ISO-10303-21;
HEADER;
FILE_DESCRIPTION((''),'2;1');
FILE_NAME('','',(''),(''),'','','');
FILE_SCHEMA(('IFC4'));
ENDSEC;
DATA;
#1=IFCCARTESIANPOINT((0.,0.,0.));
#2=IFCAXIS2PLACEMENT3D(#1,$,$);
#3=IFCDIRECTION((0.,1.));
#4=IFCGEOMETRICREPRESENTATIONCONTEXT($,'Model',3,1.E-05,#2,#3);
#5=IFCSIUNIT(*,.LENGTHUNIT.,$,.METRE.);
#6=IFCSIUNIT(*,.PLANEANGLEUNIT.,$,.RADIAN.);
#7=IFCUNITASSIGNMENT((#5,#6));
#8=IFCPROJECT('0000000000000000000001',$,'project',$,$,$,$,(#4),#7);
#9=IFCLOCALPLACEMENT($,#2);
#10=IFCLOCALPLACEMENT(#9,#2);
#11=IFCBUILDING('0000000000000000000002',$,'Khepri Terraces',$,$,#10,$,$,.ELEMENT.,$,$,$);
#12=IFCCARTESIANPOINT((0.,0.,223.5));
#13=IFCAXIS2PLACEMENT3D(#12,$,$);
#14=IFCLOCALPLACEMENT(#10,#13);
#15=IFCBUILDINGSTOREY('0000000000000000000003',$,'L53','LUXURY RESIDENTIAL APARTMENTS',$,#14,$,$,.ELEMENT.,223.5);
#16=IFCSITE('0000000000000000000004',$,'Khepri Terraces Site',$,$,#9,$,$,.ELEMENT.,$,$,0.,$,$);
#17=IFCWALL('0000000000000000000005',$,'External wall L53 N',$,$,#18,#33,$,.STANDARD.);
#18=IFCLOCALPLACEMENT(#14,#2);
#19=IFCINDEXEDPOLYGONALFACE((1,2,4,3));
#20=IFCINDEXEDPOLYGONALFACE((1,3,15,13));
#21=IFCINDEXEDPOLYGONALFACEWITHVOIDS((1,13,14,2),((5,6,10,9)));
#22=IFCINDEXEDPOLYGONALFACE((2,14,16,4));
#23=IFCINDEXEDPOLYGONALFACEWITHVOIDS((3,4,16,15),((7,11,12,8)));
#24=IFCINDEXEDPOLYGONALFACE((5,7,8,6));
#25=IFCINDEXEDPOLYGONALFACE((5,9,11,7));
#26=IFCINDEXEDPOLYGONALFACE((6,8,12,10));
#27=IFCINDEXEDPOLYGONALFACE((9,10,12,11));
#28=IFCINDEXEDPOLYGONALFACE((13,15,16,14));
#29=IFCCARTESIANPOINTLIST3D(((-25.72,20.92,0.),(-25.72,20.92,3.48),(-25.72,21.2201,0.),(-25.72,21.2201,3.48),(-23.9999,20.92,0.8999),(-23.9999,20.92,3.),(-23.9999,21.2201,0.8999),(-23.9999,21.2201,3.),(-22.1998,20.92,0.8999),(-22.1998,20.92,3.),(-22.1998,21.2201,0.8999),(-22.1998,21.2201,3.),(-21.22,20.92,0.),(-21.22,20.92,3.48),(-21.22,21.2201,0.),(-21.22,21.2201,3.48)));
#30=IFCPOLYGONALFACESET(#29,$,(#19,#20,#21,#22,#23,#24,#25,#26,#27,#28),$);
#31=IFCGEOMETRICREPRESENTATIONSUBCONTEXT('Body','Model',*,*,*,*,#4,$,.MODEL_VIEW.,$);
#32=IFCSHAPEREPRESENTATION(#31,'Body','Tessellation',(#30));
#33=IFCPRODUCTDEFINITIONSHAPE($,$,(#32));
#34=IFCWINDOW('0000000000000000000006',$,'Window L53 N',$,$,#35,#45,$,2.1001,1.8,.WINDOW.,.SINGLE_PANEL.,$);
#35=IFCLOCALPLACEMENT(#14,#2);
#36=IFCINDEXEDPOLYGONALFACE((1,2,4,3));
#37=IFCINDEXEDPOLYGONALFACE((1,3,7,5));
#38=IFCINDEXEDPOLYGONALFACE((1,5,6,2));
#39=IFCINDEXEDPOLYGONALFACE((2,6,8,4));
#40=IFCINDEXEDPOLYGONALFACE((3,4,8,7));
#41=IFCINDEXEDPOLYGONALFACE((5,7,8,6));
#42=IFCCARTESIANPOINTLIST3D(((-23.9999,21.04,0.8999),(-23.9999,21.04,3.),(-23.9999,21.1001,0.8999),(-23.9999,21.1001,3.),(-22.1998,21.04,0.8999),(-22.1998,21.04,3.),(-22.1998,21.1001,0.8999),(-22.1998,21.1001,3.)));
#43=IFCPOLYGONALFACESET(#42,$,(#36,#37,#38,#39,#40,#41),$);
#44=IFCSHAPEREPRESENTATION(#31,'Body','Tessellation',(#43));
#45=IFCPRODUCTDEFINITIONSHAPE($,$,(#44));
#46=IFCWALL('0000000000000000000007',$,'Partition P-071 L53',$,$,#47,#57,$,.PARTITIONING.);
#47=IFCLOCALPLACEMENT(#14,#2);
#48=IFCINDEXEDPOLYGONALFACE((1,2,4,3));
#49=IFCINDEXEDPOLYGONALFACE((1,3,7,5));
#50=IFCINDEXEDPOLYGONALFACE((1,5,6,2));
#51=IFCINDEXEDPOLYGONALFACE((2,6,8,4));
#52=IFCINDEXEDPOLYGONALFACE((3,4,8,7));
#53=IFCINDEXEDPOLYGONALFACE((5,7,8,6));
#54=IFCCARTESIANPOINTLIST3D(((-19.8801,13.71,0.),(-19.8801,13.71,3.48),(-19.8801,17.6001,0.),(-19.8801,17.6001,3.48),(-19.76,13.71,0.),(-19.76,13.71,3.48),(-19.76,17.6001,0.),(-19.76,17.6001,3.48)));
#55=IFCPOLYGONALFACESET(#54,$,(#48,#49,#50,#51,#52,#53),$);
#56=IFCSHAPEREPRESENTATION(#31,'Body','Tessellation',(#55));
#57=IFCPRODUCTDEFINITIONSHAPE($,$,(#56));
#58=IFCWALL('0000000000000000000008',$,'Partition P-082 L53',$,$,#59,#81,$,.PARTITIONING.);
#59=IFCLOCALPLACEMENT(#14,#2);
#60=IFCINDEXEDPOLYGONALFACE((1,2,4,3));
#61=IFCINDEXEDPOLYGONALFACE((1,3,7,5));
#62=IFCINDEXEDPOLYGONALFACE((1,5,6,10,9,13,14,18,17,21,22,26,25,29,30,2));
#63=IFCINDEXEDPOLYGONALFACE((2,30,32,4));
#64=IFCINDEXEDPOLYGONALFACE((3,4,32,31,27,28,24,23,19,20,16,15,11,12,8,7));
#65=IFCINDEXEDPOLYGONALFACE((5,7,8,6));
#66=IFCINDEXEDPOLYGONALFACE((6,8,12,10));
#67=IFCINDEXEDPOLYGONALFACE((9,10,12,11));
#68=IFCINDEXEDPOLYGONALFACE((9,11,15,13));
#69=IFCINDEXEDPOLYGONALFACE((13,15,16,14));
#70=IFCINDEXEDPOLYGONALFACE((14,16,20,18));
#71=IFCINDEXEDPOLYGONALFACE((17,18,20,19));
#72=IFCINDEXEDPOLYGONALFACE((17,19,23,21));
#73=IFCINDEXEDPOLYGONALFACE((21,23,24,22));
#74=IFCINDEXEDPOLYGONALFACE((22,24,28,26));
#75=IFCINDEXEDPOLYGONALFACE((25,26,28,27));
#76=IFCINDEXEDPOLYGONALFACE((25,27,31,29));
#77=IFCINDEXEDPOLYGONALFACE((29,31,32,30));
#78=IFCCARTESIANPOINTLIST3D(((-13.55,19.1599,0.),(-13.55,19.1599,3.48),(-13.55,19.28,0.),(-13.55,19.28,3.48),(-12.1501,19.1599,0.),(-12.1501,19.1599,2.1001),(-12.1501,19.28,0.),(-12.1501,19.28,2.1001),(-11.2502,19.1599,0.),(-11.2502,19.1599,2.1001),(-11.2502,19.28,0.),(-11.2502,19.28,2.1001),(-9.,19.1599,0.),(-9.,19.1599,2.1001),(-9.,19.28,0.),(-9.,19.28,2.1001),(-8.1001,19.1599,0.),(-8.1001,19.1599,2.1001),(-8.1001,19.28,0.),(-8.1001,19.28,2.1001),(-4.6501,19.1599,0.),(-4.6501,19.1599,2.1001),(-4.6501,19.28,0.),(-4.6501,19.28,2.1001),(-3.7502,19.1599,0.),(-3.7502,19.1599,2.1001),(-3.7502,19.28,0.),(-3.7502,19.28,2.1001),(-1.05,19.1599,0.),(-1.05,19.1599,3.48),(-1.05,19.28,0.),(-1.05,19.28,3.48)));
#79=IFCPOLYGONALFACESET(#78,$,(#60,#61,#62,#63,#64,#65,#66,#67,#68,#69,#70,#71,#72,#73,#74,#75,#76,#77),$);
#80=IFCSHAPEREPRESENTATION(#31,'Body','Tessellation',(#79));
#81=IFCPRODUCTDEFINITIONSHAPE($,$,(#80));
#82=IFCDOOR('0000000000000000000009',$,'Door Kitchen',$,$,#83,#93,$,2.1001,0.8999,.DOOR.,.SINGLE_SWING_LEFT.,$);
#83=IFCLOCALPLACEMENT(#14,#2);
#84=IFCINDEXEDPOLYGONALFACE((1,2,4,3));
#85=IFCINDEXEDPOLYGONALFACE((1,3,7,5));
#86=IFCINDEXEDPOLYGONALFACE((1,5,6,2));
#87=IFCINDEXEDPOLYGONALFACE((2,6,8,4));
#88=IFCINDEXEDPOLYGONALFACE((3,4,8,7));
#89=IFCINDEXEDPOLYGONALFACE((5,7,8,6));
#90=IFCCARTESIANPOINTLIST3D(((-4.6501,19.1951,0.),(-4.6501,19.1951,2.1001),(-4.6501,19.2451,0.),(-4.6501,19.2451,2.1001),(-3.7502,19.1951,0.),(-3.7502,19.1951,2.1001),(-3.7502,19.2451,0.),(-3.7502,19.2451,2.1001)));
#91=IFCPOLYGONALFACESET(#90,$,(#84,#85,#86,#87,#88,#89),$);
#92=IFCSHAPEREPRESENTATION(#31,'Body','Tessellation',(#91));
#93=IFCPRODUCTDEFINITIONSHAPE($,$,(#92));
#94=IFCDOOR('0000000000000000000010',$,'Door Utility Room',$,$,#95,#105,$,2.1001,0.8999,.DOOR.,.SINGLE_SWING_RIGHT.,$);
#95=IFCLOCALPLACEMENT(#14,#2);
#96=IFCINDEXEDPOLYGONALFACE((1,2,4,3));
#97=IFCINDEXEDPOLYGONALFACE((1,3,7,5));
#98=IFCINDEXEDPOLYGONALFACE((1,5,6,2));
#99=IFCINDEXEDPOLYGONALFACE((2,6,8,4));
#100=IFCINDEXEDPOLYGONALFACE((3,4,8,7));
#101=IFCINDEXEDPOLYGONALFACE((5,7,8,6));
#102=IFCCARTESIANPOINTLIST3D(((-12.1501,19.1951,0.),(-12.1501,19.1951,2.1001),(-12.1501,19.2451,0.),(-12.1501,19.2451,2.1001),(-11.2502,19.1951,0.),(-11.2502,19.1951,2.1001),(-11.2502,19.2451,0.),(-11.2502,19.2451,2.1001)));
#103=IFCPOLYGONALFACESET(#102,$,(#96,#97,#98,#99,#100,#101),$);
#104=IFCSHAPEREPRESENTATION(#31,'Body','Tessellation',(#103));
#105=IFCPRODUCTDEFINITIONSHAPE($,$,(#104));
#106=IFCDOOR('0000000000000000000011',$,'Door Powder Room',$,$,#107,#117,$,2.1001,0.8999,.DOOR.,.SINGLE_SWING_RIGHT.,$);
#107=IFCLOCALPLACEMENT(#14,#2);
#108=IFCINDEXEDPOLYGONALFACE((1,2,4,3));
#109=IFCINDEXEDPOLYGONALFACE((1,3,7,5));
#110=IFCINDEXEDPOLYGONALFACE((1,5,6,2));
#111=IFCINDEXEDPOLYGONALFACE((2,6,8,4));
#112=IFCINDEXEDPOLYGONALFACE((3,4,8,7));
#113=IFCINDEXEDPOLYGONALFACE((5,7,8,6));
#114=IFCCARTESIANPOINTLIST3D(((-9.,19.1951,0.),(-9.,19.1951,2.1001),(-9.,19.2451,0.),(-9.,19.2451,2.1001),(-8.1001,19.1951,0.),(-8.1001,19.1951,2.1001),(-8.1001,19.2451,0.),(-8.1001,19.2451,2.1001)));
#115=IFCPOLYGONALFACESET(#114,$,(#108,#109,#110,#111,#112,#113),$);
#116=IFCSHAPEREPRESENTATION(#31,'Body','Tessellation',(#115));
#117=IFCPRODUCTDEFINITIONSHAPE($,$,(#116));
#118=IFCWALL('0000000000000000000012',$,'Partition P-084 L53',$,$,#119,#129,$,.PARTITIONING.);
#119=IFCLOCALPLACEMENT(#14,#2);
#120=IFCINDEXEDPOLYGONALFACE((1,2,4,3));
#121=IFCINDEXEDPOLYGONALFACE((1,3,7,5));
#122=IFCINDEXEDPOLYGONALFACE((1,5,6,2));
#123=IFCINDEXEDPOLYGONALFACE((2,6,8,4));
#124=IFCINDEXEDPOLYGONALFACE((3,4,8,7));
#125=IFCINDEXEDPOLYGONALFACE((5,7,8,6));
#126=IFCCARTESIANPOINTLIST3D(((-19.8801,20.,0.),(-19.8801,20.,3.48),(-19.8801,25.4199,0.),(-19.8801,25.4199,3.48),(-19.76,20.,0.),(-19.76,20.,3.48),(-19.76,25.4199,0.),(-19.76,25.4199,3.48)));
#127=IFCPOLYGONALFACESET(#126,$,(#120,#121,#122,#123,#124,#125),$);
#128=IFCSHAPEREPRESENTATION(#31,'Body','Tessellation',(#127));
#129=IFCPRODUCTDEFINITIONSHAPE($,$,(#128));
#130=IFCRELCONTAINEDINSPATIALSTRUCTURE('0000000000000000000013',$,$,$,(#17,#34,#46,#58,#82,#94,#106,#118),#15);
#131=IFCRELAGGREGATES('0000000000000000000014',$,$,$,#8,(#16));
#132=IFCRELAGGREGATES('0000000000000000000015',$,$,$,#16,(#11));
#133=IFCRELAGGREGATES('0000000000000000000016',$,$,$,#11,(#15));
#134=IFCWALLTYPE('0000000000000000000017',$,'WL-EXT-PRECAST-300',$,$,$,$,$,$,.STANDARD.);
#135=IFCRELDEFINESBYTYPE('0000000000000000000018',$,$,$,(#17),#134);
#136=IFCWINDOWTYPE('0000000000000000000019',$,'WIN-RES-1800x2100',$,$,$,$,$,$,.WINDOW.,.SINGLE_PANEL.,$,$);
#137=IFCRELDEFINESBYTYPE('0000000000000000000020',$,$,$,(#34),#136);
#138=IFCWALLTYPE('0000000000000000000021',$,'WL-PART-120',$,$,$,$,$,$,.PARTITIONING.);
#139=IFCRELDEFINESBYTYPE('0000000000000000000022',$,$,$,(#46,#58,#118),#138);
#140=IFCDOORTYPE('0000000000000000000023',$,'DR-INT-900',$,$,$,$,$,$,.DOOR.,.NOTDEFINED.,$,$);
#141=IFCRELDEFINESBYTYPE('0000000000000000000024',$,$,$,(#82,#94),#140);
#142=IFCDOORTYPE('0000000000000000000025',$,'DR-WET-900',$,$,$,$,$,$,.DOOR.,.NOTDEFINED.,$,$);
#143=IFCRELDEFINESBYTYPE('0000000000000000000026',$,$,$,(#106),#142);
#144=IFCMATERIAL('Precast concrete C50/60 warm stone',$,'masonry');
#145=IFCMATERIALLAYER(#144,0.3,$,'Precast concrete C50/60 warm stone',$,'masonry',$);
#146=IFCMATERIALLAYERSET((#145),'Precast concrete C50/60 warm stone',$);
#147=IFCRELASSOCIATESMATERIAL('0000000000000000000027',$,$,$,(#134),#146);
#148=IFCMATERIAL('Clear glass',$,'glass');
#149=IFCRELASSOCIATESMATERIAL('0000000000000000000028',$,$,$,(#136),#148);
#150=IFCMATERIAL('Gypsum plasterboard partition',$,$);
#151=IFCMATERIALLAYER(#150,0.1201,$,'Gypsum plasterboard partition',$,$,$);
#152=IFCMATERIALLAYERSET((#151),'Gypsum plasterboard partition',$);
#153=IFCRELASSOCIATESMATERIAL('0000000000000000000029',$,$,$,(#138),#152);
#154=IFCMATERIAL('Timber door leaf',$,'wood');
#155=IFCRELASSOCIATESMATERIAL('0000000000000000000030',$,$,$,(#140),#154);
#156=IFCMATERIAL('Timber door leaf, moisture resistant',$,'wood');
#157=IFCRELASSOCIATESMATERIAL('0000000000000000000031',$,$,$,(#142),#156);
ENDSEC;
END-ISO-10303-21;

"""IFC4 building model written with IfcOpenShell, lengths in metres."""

from ifc_helpers import new_model, si_unit, direction, frame, frame_2d, origin, place, context, subcontext, project, spatial, rectangle, extrude, material, layer, layer_set, type_object, element, fill, save


model = new_model("IFC4")

# Units and contexts
model_context = context("Model", 3, precision=1e-05, world=origin(), true_north=direction((0.0, 1.0)))
body_context = subcontext(model_context, "Body", "Model", "MODEL_VIEW")
ifc_project = project(units=[si_unit("LENGTHUNIT", "METRE"), si_unit("PLANEANGLEUNIT", "RADIAN")], contexts=[model_context])

# Site, building, storey
site_placement = place(None, origin())
site = spatial("IfcSite", under=ifc_project, at=site_placement, Name="Khepri Terraces Site", CompositionType="ELEMENT", RefElevation=0.0)
building_placement = place(site_placement, origin())
building = spatial("IfcBuilding", under=site, at=building_placement, Name="Khepri Terraces", CompositionType="ELEMENT")
storey_placement = place(building_placement, frame((0.0, 0.0, 223.5)))
storey = spatial("IfcBuildingStorey", under=building, at=storey_placement, Name="L53", Description="LUXURY RESIDENTIAL APARTMENTS", CompositionType="ELEMENT", Elevation=223.5)

# Wall, opening, window
ifc_material_1 = material(Name="Precast concrete C50/60 warm stone", Category="masonry")
ifc_layer_1 = layer(ifc_material_1, 0.3, Name="Precast concrete C50/60 warm stone", Category="masonry")
ifc_layer_set_1 = layer_set([ifc_layer_1], Name="Precast concrete C50/60 warm stone")
wall_type_1 = type_object("IfcWallType", Name="WL-EXT-PRECAST-300", PredefinedType="STANDARD", material=ifc_layer_set_1)
ifc_material_2 = material(Name="Clear glass", Category="glass")
window_type = type_object("IfcWindowType", Name="WIN-RES-1800x2100", PartitioningType="SINGLE_PANEL", PredefinedType="WINDOW", material=ifc_material_2)
wall_1_placement = place(storey_placement, frame((-21.22, 21.0701, 0.0), z_axis=(0.0, 0.0, 1.0), x_axis=(-1.0, 0.0, 0.0)))
wall_1 = element("IfcWall", 1, at=wall_1_placement, inside=storey, type_object=wall_type_1, Name="External wall L53 N", PredefinedType="STANDARD", context=body_context, shape_type="SweptSolid", body=[
    extrude(rectangle(XDim=4.5, YDim=0.3, at=frame_2d((2.25, 0.0))), origin(), (0.0, 0.0, 1.0), 3.48),
])
opening_1_placement = place(wall_1_placement, frame((0.98, 0.0, 0.8999)))
opening_1 = element("IfcOpeningElement", 2, at=opening_1_placement, cuts=wall_1, PredefinedType="OPENING", context=body_context, shape_type="SweptSolid", body=[
    extrude(rectangle(XDim=1.8, YDim=2.1001, at=frame_2d((0.8999, 1.05))), frame((0.0, 0.1602, 0.0), z_axis=(0.0, -1.0, 0.0), x_axis=(1.0, 0.0, 0.0)), (0.0, 0.0, 1.0), 0.3201),
])
window_1_placement = place(opening_1_placement, origin())
window_1 = element("IfcWindow", 3, at=window_1_placement, inside=storey, type_object=window_type, Name="Window L53 N", OverallHeight=2.1001, OverallWidth=1.8, PartitioningType="SINGLE_PANEL", PredefinedType="WINDOW", context=body_context, shape_type="SweptSolid", body=[
    extrude(rectangle(XDim=1.8, YDim=2.1001, at=frame_2d((0.8999, 1.05))), frame((0.0, 0.03, 0.0), z_axis=(0.0, -1.0, 0.0), x_axis=(1.0, 0.0, 0.0)), (0.0, 0.0, 1.0), 0.0601),
])
fill(opening_1, window_1)

# Wall
ifc_material_3 = material(Name="Gypsum plasterboard partition")
ifc_layer_2 = layer(ifc_material_3, 0.1201, Name="Gypsum plasterboard partition")
ifc_layer_set_2 = layer_set([ifc_layer_2], Name="Gypsum plasterboard partition")
wall_type_2 = type_object("IfcWallType", Name="WL-PART-120", PredefinedType="PARTITIONING", material=ifc_layer_set_2)
wall_2_placement = place(storey_placement, frame((-19.8201, 13.71, 0.0), z_axis=(0.0, 0.0, 1.0), x_axis=(0.0, 1.0, 0.0)))
element("IfcWall", 4, at=wall_2_placement, inside=storey, type_object=wall_type_2, Name="Partition P-071 L53", PredefinedType="PARTITIONING", context=body_context, shape_type="SweptSolid", body=[
    extrude(rectangle(XDim=3.8901, YDim=0.1201, at=frame_2d((1.9451, 0.0))), origin(), (0.0, 0.0, 1.0), 3.48),
])

# Wall, openings, doors
wall_3_placement = place(storey_placement, frame((-13.55, 19.22, 0.0), z_axis=(0.0, 0.0, 1.0), x_axis=(1.0, 0.0, 0.0)))
wall_3 = element("IfcWall", 5, at=wall_3_placement, inside=storey, type_object=wall_type_2, Name="Partition P-082 L53", PredefinedType="PARTITIONING", context=body_context, shape_type="SweptSolid", body=[
    extrude(rectangle(XDim=12.5, YDim=0.1201, at=frame_2d((6.25, 0.0))), origin(), (0.0, 0.0, 1.0), 3.48),
])
opening_2_placement = place(wall_3_placement, frame((8.8999, 0.0, 0.0)))
opening_2 = element("IfcOpeningElement", 6, at=opening_2_placement, cuts=wall_3, PredefinedType="OPENING", context=body_context, shape_type="SweptSolid", body=[
    extrude(rectangle(XDim=0.8999, YDim=2.1001, at=frame_2d((0.45, 1.05))), frame((0.0, 0.0701, 0.0), z_axis=(0.0, -1.0, 0.0), x_axis=(1.0, 0.0, 0.0)), (0.0, 0.0, 1.0), 0.1401),
])
opening_3_placement = place(wall_3_placement, frame((4.55, 0.0, 0.0)))
opening_3 = element("IfcOpeningElement", 7, at=opening_3_placement, cuts=wall_3, PredefinedType="OPENING", context=body_context, shape_type="SweptSolid", body=[
    extrude(rectangle(XDim=0.8999, YDim=2.1001, at=frame_2d((0.45, 1.05))), frame((0.0, 0.0701, 0.0), z_axis=(0.0, -1.0, 0.0), x_axis=(1.0, 0.0, 0.0)), (0.0, 0.0, 1.0), 0.1401),
])
opening_4_placement = place(wall_3_placement, frame((1.3999, 0.0, 0.0)))
opening_4 = element("IfcOpeningElement", 8, at=opening_4_placement, cuts=wall_3, PredefinedType="OPENING", context=body_context, shape_type="SweptSolid", body=[
    extrude(rectangle(XDim=0.8999, YDim=2.1001, at=frame_2d((0.45, 1.05))), frame((0.0, 0.0701, 0.0), z_axis=(0.0, -1.0, 0.0), x_axis=(1.0, 0.0, 0.0)), (0.0, 0.0, 1.0), 0.1401),
])
ifc_material_4 = material(Name="Timber door leaf", Category="wood")
door_type_1 = type_object("IfcDoorType", Name="DR-INT-900", OperationType="NOTDEFINED", PredefinedType="DOOR", material=ifc_material_4)
door_1_placement = place(opening_2_placement, frame((0.8999, 0.0, 0.0), z_axis=(0.0, 0.0, 1.0), x_axis=(-1.0, 0.0, 0.0)))
door_1 = element("IfcDoor", 9, at=door_1_placement, inside=storey, type_object=door_type_1, Name="Door Kitchen", OperationType="SINGLE_SWING_LEFT", OverallHeight=2.1001, OverallWidth=0.8999, PredefinedType="DOOR", context=body_context, shape_type="SweptSolid", body=[
    extrude(rectangle(XDim=0.8999, YDim=2.1001, at=frame_2d((0.45, 1.05))), frame((0.0, 0.0249, 0.0), z_axis=(0.0, -1.0, 0.0), x_axis=(1.0, 0.0, 0.0)), (0.0, 0.0, 1.0), 0.05),
])
fill(opening_2, door_1)
door_2_placement = place(opening_4_placement, frame((0.8999, 0.0, 0.0), z_axis=(0.0, 0.0, 1.0), x_axis=(-1.0, 0.0, 0.0)))
door_2 = element("IfcDoor", 10, at=door_2_placement, inside=storey, type_object=door_type_1, Name="Door Utility Room", OperationType="SINGLE_SWING_RIGHT", OverallHeight=2.1001, OverallWidth=0.8999, PredefinedType="DOOR", context=body_context, shape_type="SweptSolid", body=[
    extrude(rectangle(XDim=0.8999, YDim=2.1001, at=frame_2d((0.45, 1.05))), frame((0.0, 0.0249, 0.0), z_axis=(0.0, -1.0, 0.0), x_axis=(1.0, 0.0, 0.0)), (0.0, 0.0, 1.0), 0.05),
])
fill(opening_4, door_2)
ifc_material_5 = material(Name="Timber door leaf, moisture resistant", Category="wood")
door_type_2 = type_object("IfcDoorType", Name="DR-WET-900", OperationType="NOTDEFINED", PredefinedType="DOOR", material=ifc_material_5)
door_3_placement = place(opening_3_placement, frame((0.8999, 0.0, 0.0), z_axis=(0.0, 0.0, 1.0), x_axis=(-1.0, 0.0, 0.0)))
door_3 = element("IfcDoor", 11, at=door_3_placement, inside=storey, type_object=door_type_2, Name="Door Powder Room", OperationType="SINGLE_SWING_RIGHT", OverallHeight=2.1001, OverallWidth=0.8999, PredefinedType="DOOR", context=body_context, shape_type="SweptSolid", body=[
    extrude(rectangle(XDim=0.8999, YDim=2.1001, at=frame_2d((0.45, 1.05))), frame((0.0, 0.0249, 0.0), z_axis=(0.0, -1.0, 0.0), x_axis=(1.0, 0.0, 0.0)), (0.0, 0.0, 1.0), 0.05),
])
fill(opening_3, door_3)

# Wall
wall_4_placement = place(storey_placement, frame((-19.8201, 20.0, 0.0), z_axis=(0.0, 0.0, 1.0), x_axis=(0.0, 1.0, 0.0)))
element("IfcWall", 12, at=wall_4_placement, inside=storey, type_object=wall_type_2, Name="Partition P-084 L53", PredefinedType="PARTITIONING", context=body_context, shape_type="SweptSolid", body=[
    extrude(rectangle(XDim=5.4199, YDim=0.1201, at=frame_2d((2.71, 0.0))), origin(), (0.0, 0.0, 1.0), 3.48),
])

save(model, "model.ifc")
